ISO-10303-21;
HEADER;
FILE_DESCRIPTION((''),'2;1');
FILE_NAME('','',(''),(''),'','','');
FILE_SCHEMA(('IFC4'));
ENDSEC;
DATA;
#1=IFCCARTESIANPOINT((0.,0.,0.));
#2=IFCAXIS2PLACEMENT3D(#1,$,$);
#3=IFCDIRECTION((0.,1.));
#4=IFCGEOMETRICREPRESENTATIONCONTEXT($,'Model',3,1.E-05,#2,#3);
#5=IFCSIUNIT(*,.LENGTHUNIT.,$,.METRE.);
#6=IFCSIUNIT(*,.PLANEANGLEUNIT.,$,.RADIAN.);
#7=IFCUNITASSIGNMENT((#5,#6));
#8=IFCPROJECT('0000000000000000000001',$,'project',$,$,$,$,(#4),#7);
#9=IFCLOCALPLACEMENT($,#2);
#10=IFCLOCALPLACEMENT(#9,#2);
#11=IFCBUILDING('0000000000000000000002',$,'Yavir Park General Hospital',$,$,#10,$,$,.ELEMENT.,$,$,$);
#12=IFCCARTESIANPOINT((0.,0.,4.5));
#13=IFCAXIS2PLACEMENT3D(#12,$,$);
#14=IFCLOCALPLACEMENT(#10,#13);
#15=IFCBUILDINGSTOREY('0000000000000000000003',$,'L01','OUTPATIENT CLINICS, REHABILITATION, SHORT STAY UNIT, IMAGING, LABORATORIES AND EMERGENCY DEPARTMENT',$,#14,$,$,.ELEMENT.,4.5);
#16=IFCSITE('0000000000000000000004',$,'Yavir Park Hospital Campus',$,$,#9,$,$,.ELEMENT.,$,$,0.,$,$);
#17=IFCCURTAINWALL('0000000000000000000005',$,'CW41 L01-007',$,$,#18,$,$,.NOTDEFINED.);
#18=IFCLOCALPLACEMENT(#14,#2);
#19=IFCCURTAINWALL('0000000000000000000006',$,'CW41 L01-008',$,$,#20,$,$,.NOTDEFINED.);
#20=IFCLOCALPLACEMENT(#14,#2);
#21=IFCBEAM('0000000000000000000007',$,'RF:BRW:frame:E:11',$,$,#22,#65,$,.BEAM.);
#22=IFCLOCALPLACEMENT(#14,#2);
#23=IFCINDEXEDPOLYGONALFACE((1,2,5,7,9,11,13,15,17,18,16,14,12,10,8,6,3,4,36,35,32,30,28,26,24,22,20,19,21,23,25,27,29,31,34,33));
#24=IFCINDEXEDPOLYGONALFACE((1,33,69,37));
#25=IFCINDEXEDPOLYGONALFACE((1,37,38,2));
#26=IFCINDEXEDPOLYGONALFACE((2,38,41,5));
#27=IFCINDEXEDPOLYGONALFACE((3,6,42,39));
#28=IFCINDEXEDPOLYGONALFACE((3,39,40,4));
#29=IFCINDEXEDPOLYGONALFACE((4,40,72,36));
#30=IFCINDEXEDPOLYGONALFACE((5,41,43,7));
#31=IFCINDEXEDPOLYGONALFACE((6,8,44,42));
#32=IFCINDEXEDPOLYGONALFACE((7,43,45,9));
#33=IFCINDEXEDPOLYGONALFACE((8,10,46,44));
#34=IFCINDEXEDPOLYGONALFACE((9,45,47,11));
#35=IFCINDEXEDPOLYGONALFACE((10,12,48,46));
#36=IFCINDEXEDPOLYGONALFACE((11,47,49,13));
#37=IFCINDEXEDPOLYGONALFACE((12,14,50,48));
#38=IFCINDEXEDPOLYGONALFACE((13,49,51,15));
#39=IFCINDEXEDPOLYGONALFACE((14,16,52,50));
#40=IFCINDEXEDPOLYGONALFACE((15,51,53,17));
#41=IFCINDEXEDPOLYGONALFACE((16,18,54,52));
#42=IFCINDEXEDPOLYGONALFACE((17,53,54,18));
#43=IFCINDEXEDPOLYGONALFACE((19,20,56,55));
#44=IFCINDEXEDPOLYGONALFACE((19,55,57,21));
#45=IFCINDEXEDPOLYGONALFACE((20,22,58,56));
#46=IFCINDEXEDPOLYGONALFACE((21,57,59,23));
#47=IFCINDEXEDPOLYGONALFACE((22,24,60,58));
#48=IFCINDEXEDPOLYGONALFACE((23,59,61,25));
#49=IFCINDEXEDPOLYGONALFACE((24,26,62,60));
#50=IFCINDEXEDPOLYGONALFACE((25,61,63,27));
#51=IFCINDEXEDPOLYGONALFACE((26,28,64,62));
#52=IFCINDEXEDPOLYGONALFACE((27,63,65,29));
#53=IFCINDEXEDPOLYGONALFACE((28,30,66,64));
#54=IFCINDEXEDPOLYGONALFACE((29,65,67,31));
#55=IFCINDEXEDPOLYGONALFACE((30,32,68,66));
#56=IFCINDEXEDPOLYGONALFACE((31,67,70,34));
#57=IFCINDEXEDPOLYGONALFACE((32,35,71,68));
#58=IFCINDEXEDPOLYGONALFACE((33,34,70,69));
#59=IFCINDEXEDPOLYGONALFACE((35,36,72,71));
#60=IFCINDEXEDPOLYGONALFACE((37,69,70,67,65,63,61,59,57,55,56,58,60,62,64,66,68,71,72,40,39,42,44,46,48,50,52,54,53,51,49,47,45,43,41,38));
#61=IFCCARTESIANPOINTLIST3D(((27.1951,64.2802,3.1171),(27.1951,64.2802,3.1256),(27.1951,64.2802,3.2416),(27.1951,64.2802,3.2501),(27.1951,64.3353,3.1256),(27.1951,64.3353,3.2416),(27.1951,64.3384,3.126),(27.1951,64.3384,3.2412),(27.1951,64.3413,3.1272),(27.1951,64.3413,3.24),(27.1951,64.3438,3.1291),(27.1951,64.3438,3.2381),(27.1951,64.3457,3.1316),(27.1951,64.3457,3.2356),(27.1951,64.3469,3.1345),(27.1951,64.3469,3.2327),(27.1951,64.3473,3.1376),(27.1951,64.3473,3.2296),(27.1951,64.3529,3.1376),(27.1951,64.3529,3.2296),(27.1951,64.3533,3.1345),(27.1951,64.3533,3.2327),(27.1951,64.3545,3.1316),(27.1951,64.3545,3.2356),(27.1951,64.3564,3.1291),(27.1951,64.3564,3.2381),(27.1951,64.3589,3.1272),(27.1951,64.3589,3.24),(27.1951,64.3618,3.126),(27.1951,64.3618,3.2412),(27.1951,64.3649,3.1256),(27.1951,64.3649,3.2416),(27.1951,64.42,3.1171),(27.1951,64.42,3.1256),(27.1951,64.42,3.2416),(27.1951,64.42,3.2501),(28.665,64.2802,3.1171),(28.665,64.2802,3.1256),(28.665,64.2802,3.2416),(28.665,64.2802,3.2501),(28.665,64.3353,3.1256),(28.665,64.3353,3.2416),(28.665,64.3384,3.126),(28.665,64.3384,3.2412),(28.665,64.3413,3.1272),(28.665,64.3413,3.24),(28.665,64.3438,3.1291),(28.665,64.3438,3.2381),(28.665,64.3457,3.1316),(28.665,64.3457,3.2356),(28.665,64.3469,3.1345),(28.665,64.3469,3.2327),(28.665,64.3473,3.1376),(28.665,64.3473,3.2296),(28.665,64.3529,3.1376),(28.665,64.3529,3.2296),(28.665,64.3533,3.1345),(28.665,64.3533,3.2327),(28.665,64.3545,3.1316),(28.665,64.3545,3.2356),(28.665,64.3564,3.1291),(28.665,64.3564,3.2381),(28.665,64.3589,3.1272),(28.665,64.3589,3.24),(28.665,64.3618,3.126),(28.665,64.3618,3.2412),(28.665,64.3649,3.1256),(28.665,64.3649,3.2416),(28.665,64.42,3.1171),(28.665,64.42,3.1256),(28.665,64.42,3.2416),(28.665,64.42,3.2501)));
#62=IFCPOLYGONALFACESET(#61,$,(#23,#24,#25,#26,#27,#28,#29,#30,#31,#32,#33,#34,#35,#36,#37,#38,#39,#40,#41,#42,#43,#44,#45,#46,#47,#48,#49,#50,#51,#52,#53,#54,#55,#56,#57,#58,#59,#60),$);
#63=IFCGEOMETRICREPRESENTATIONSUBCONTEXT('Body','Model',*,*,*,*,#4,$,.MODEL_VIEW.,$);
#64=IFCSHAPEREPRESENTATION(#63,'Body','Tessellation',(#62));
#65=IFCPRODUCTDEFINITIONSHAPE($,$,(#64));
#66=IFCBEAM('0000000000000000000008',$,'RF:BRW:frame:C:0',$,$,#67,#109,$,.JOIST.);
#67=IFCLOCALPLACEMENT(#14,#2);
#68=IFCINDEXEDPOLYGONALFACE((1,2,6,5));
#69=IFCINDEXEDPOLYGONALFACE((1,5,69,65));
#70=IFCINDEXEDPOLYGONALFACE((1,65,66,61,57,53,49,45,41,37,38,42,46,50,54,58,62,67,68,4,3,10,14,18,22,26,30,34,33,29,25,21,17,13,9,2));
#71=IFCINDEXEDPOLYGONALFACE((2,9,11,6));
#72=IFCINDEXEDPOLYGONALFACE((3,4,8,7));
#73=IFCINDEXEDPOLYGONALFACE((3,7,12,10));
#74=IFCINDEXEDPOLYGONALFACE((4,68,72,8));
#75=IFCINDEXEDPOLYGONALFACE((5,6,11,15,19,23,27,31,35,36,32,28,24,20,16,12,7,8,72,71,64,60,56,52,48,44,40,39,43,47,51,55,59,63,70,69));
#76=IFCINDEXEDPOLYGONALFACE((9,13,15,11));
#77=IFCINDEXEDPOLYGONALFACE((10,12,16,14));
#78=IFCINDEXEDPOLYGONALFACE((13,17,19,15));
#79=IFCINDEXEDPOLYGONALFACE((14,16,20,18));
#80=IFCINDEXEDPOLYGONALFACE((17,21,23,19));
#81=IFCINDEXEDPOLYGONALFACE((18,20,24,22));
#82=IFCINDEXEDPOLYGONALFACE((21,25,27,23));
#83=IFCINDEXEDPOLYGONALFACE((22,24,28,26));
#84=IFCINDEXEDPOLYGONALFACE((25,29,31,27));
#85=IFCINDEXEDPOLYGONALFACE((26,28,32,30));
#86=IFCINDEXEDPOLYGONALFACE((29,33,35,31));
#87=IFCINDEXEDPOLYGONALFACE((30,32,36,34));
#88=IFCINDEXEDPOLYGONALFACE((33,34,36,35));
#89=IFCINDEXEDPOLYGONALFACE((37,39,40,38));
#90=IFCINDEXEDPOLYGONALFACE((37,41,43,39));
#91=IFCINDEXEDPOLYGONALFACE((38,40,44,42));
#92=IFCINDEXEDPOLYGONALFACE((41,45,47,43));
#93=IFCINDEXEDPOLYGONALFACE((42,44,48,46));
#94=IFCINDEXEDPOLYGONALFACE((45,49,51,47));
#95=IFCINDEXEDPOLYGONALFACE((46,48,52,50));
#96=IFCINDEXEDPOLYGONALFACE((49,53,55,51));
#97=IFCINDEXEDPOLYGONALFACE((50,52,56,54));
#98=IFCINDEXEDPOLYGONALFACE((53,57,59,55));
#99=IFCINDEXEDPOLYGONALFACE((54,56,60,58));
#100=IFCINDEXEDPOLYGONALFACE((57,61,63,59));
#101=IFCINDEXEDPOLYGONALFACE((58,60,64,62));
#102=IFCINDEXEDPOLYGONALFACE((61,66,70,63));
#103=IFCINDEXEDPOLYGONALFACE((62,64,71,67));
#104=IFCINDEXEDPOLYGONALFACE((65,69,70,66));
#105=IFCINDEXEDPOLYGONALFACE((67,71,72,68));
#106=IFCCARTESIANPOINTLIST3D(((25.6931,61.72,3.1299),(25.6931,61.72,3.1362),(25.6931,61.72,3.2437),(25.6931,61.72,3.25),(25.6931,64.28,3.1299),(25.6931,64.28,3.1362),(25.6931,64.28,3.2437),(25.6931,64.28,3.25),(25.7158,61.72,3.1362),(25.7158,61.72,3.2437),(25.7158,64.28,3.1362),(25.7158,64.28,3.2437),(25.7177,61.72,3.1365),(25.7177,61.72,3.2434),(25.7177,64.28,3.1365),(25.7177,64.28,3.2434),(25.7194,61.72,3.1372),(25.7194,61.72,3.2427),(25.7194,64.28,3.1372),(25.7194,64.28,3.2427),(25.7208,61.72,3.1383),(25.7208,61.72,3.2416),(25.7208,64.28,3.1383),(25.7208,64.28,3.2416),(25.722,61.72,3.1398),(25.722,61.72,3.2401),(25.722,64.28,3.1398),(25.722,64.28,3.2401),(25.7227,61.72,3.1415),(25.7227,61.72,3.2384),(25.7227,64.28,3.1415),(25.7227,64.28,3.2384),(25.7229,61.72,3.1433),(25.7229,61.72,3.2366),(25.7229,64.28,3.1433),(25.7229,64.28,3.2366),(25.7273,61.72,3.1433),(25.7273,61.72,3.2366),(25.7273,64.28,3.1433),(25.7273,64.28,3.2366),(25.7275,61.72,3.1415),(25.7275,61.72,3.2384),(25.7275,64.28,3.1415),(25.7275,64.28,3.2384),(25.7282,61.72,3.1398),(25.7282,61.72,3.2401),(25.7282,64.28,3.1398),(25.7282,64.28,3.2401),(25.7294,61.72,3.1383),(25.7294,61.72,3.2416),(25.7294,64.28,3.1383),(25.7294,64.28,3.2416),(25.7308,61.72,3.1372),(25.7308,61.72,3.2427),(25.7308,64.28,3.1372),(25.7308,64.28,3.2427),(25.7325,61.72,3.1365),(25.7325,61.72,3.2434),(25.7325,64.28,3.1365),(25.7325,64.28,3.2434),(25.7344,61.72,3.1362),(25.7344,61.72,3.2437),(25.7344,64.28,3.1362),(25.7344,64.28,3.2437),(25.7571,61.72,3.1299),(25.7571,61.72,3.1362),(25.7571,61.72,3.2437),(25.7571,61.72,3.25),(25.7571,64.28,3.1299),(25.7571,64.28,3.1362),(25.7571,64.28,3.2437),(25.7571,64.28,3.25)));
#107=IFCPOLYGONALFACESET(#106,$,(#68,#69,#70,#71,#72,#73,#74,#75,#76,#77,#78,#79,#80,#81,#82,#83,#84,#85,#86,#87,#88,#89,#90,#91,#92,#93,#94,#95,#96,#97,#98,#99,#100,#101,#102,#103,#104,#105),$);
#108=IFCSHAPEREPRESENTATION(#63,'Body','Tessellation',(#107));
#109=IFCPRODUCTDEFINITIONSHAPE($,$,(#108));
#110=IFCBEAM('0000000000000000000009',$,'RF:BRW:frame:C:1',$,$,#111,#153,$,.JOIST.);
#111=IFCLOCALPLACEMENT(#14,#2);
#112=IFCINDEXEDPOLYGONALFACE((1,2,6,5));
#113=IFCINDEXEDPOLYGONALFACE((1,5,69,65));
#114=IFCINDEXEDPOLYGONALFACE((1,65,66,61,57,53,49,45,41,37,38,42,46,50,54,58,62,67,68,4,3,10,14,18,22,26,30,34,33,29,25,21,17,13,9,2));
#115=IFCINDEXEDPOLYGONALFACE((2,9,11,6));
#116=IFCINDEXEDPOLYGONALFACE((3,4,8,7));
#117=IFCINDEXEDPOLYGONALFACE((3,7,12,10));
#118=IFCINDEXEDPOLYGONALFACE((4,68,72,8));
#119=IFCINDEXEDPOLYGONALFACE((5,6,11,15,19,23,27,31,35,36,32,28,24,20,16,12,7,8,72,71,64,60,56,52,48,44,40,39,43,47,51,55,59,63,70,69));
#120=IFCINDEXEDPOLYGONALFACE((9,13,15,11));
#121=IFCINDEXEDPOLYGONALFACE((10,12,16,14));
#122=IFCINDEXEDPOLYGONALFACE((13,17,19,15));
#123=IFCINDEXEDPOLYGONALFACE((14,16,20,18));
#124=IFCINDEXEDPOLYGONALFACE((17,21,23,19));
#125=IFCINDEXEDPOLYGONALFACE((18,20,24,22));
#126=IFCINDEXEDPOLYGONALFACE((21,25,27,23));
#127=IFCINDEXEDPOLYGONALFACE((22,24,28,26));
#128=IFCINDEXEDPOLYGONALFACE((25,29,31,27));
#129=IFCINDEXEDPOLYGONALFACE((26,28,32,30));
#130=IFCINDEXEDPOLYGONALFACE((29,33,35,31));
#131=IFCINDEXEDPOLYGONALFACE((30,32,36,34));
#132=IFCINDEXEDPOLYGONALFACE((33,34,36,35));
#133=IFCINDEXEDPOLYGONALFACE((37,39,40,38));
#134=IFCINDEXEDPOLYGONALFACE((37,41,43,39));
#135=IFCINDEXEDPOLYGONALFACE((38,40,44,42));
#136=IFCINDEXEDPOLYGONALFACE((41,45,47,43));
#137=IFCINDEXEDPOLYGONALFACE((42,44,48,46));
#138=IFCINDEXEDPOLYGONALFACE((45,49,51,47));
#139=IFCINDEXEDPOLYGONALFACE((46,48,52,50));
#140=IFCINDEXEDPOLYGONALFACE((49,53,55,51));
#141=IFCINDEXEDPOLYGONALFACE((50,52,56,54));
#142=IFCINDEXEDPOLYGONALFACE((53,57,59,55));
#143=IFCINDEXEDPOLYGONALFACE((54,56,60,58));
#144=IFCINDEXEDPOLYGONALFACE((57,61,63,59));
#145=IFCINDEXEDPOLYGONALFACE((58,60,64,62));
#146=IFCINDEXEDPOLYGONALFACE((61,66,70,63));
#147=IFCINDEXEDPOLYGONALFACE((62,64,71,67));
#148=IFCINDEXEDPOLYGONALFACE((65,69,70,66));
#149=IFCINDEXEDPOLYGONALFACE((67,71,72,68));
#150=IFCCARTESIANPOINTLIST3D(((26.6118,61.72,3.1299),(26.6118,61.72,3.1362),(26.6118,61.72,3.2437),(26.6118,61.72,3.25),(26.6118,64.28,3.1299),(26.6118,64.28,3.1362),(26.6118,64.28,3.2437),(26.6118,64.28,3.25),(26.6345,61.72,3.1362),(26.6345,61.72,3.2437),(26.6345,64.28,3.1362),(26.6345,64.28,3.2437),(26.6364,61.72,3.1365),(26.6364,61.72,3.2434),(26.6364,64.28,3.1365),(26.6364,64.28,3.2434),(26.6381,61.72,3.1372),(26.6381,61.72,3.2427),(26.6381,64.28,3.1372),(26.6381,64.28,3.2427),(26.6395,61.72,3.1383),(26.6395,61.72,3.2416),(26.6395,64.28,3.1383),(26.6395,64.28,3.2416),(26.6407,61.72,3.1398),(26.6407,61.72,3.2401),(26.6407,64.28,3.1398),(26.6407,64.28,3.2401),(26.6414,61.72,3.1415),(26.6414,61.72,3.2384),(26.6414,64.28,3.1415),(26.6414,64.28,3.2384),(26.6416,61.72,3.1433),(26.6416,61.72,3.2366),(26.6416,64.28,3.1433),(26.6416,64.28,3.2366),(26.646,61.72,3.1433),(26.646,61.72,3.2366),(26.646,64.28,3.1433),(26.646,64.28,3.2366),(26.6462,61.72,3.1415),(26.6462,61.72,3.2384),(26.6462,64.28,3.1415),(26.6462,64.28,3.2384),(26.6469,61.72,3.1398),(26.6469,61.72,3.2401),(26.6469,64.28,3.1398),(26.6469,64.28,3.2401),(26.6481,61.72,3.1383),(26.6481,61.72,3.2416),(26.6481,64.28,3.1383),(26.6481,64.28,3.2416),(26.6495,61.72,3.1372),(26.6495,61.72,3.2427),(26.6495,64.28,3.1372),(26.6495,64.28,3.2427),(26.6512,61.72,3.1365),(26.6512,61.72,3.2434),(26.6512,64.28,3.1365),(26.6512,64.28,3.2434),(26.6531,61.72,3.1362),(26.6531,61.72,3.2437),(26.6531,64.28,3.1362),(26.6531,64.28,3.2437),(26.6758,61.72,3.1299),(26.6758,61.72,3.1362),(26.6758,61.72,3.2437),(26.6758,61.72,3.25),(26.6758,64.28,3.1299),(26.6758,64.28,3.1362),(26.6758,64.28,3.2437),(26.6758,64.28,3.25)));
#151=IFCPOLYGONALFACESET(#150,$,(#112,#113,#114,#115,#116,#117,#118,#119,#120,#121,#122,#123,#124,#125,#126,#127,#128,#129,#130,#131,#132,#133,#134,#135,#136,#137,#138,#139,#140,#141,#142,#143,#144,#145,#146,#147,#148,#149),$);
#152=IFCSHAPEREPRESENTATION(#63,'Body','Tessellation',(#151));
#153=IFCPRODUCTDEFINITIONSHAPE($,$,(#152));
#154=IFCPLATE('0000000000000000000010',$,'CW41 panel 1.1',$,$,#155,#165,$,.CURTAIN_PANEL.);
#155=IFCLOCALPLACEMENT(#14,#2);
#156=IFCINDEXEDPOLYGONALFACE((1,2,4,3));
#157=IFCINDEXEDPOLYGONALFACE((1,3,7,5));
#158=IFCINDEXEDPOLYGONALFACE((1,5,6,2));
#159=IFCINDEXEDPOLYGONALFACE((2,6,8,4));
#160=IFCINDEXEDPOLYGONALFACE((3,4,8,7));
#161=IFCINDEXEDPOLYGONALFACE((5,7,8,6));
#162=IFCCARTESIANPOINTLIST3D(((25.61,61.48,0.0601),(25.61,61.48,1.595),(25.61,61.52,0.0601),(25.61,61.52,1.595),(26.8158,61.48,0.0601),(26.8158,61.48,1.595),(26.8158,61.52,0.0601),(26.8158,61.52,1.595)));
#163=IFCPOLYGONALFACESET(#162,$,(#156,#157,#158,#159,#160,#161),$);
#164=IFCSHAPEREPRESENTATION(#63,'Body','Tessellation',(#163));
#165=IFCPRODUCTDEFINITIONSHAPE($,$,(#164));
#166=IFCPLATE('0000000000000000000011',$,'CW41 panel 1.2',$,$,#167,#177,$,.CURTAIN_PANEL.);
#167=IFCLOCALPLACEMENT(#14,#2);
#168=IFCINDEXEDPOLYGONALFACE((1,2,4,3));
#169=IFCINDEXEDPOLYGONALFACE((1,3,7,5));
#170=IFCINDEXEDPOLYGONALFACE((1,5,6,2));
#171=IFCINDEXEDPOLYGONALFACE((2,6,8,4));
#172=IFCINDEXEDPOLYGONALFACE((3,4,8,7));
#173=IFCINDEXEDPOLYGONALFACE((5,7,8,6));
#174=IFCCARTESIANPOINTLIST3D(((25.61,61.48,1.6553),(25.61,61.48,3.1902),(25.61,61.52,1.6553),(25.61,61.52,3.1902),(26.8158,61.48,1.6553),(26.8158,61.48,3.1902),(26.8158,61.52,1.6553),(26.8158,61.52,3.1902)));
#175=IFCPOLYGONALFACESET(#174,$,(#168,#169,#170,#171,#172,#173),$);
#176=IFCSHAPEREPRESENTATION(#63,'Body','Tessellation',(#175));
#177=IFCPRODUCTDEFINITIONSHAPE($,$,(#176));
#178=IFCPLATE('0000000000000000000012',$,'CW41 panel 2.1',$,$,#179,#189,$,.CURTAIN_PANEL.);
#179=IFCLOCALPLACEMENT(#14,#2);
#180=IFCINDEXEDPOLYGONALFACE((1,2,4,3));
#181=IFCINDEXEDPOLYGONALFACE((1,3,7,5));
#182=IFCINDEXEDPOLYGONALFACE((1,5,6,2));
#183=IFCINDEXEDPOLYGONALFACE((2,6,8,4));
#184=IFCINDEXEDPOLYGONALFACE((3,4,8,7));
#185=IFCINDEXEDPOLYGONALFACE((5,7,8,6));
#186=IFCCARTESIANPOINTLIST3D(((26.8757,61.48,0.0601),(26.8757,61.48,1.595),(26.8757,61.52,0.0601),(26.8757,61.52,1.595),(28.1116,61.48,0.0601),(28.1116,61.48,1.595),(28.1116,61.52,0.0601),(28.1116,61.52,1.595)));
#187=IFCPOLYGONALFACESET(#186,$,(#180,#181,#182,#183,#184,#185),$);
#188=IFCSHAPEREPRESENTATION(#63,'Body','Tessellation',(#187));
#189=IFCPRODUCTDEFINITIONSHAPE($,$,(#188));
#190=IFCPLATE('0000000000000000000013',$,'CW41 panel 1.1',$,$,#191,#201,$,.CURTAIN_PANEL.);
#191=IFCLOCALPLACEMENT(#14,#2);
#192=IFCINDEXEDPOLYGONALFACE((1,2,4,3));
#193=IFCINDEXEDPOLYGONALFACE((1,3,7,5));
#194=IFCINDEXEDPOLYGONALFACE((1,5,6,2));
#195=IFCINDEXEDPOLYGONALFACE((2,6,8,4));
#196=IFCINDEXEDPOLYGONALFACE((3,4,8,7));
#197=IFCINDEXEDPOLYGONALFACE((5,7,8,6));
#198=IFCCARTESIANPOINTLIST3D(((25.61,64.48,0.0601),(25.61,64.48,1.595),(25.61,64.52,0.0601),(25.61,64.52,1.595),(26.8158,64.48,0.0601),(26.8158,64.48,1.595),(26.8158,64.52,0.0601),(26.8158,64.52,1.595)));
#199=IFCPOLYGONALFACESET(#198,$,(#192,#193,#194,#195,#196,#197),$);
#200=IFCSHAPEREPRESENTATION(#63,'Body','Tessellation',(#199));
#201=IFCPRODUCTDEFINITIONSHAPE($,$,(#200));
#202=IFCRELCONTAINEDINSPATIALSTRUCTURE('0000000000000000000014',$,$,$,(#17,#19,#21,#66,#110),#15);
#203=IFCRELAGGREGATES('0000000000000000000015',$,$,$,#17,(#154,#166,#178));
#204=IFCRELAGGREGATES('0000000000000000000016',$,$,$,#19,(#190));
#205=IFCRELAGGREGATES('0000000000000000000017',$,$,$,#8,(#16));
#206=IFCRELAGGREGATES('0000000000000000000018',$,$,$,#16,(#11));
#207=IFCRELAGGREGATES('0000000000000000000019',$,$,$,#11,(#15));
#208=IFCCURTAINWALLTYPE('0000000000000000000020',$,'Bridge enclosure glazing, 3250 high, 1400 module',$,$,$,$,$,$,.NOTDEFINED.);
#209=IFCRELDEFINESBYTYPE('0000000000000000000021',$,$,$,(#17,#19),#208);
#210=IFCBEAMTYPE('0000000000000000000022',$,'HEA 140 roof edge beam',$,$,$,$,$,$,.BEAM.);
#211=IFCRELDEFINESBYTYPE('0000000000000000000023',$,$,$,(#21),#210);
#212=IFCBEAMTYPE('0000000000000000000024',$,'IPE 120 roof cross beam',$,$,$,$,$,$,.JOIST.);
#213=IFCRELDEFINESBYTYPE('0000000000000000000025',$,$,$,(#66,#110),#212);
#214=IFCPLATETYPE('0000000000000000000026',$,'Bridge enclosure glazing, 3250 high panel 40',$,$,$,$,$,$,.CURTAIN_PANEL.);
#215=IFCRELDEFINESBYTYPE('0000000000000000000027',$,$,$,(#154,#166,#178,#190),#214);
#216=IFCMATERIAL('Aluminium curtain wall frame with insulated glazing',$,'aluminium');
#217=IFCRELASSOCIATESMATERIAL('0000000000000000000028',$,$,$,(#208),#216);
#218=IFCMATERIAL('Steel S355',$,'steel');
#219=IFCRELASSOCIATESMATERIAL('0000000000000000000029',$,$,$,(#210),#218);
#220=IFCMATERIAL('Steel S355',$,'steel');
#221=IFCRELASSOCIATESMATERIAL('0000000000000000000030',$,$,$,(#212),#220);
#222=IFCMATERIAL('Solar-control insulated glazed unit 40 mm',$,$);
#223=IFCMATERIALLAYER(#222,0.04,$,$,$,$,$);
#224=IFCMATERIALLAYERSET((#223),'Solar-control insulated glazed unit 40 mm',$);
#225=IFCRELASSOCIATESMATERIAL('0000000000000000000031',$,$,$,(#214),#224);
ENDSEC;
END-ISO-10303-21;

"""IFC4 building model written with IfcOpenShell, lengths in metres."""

from ifc_helpers import new_model, si_unit, direction, frame, origin, origin_2d, place, context, subcontext, project, spatial, rectangle, i_section, extrude, material, layer, layer_set, material_profile, profile_set, type_object, element, aggregate, save


model = new_model("IFC4")

# Units and contexts
model_context = context("Model", 3, precision=1e-05, world=origin(), true_north=direction((0.0, 1.0)))
body_context = subcontext(model_context, "Body", "Model", "MODEL_VIEW")
ifc_project = project(units=[si_unit("LENGTHUNIT", "METRE"), si_unit("PLANEANGLEUNIT", "RADIAN")], contexts=[model_context])

# Site, building, storey
site_placement = place(None, origin())
site = spatial("IfcSite", under=ifc_project, at=site_placement, Name="Yavir Park Hospital Campus", CompositionType="ELEMENT", RefElevation=0.0)
building_placement = place(site_placement, origin())
building = spatial("IfcBuilding", under=site, at=building_placement, Name="Yavir Park General Hospital", CompositionType="ELEMENT")
storey_placement = place(building_placement, frame((0.0, 0.0, 4.5)))
storey = spatial("IfcBuildingStorey", under=building, at=storey_placement, Name="L01", Description="OUTPATIENT CLINICS, REHABILITATION, SHORT STAY UNIT, IMAGING, LABORATORIES AND EMERGENCY DEPARTMENT", CompositionType="ELEMENT", Elevation=4.5)

# Curtain walls
ifc_material_1 = material(Name="Aluminium curtain wall frame with insulated glazing", Category="aluminium")
curtain_wall_type = type_object("IfcCurtainWallType", Name="Bridge enclosure glazing, 3250 high, 1400 module", PredefinedType="NOTDEFINED", material=ifc_material_1)
curtain_wall_1_placement = place(storey_placement, origin())
curtain_wall_1 = element("IfcCurtainWall", 1, at=curtain_wall_1_placement, inside=storey, type_object=curtain_wall_type, Name="CW41 L01-007", PredefinedType="NOTDEFINED")
curtain_wall_2_placement = place(storey_placement, origin())
curtain_wall_2 = element("IfcCurtainWall", 2, at=curtain_wall_2_placement, inside=storey, type_object=curtain_wall_type, Name="CW41 L01-008", PredefinedType="NOTDEFINED")

# Beams
ifc_material_2 = material(Name="Steel S355", Category="steel")
ifc_material_profile_1 = material_profile(ifc_material_2, i_section(OverallWidth=0.1399, OverallDepth=0.1331, WebThickness=0.0056, FlangeThickness=0.0085, FilletRadius=0.012, at=origin_2d()), Name="HEA140")
ifc_profile_set_1 = profile_set([ifc_material_profile_1], Name="Steel S355")
beam_type_1 = type_object("IfcBeamType", Name="HEA 140 roof edge beam", PredefinedType="BEAM", material=ifc_profile_set_1)
for number, where, z_axis, x_axis, name in (
    (3, (27.1951, 64.3501, 3.1836), (1.0, 0.0, 0.0), (0.0, 1.0, 0.0), "RF:BRW:frame:E:11"),
):
    element("IfcBeam", number, at=place(storey_placement, frame(where, z_axis=z_axis, x_axis=x_axis)), inside=storey, type_object=beam_type_1, Name=name, PredefinedType="BEAM", context=body_context, shape_type="SweptSolid", body=[
        extrude(i_section(OverallWidth=0.1399, OverallDepth=0.1331, WebThickness=0.0056, FlangeThickness=0.0085, FilletRadius=0.012, at=origin_2d()), origin(), (0.0, 0.0, 1.0), 1.47),
    ])
ifc_material_3 = material(Name="Steel S355", Category="steel")
ifc_material_profile_2 = material_profile(ifc_material_3, i_section(OverallWidth=0.064, OverallDepth=0.1201, WebThickness=0.0044, FlangeThickness=0.0063, FilletRadius=0.0071, at=origin_2d()), Name="IPE120")
ifc_profile_set_2 = profile_set([ifc_material_profile_2], Name="Steel S355")
beam_type_2 = type_object("IfcBeamType", Name="IPE 120 roof cross beam", PredefinedType="JOIST", material=ifc_profile_set_2)
for number, where, z_axis, x_axis, name in (
    (4, (25.7251, 61.72, 3.1899), (0.0, 1.0, 0.0), (-1.0, 0.0, 0.0), "RF:BRW:frame:C:0"),
    (5, (26.6438, 61.72, 3.1899), (0.0, 1.0, 0.0), (-1.0, 0.0, 0.0), "RF:BRW:frame:C:1"),
):
    element("IfcBeam", number, at=place(storey_placement, frame(where, z_axis=z_axis, x_axis=x_axis)), inside=storey, type_object=beam_type_2, Name=name, PredefinedType="JOIST", context=body_context, shape_type="SweptSolid", body=[
        extrude(i_section(OverallWidth=0.064, OverallDepth=0.1201, WebThickness=0.0044, FlangeThickness=0.0063, FilletRadius=0.0071, at=origin_2d()), origin(), (0.0, 0.0, 1.0), 2.5601),
    ])

# Plates
ifc_material_4 = material(Name="Solar-control insulated glazed unit 40 mm")
ifc_layer = layer(ifc_material_4, 0.04)
ifc_layer_set = layer_set([ifc_layer], Name="Solar-control insulated glazed unit 40 mm")
plate_type = type_object("IfcPlateType", Name="Bridge enclosure glazing, 3250 high panel 40", PredefinedType="CURTAIN_PANEL", material=ifc_layer_set)
plate_1_placement = place(storey_placement, frame((26.2129, 61.5, 0.0601), z_axis=(0.0, 0.0, 1.0), x_axis=(1.0, 0.0, 0.0)))
plate_1 = element("IfcPlate", 6, at=plate_1_placement, type_object=plate_type, Name="CW41 panel 1.1", PredefinedType="CURTAIN_PANEL", context=body_context, shape_type="SweptSolid", body=[
    extrude(rectangle(XDim=1.2058, YDim=0.04, at=origin_2d()), origin(), (0.0, 0.0, 1.0), 1.5349),
])
plate_2_placement = place(storey_placement, frame((26.2129, 61.5, 1.6553), z_axis=(0.0, 0.0, 1.0), x_axis=(1.0, 0.0, 0.0)))
plate_2 = element("IfcPlate", 7, at=plate_2_placement, type_object=plate_type, Name="CW41 panel 1.2", PredefinedType="CURTAIN_PANEL", context=body_context, shape_type="SweptSolid", body=[
    extrude(rectangle(XDim=1.2058, YDim=0.04, at=origin_2d()), origin(), (0.0, 0.0, 1.0), 1.5349),
])
plate_3_placement = place(storey_placement, frame((27.4937, 61.5, 0.0601), z_axis=(0.0, 0.0, 1.0), x_axis=(1.0, 0.0, 0.0)))
plate_3 = element("IfcPlate", 8, at=plate_3_placement, type_object=plate_type, Name="CW41 panel 2.1", PredefinedType="CURTAIN_PANEL", context=body_context, shape_type="SweptSolid", body=[
    extrude(rectangle(XDim=1.2358, YDim=0.04, at=origin_2d()), origin(), (0.0, 0.0, 1.0), 1.5349),
])
aggregate(curtain_wall_1, [plate_1, plate_2, plate_3])
plate_4_placement = place(storey_placement, frame((26.2129, 64.5, 0.0601), z_axis=(0.0, 0.0, 1.0), x_axis=(1.0, 0.0, 0.0)))
plate_4 = element("IfcPlate", 9, at=plate_4_placement, type_object=plate_type, Name="CW41 panel 1.1", PredefinedType="CURTAIN_PANEL", context=body_context, shape_type="SweptSolid", body=[
    extrude(rectangle(XDim=1.2058, YDim=0.04, at=origin_2d()), origin(), (0.0, 0.0, 1.0), 1.5349),
])
aggregate(curtain_wall_2, [plate_4])

save(model, "model.ifc")
